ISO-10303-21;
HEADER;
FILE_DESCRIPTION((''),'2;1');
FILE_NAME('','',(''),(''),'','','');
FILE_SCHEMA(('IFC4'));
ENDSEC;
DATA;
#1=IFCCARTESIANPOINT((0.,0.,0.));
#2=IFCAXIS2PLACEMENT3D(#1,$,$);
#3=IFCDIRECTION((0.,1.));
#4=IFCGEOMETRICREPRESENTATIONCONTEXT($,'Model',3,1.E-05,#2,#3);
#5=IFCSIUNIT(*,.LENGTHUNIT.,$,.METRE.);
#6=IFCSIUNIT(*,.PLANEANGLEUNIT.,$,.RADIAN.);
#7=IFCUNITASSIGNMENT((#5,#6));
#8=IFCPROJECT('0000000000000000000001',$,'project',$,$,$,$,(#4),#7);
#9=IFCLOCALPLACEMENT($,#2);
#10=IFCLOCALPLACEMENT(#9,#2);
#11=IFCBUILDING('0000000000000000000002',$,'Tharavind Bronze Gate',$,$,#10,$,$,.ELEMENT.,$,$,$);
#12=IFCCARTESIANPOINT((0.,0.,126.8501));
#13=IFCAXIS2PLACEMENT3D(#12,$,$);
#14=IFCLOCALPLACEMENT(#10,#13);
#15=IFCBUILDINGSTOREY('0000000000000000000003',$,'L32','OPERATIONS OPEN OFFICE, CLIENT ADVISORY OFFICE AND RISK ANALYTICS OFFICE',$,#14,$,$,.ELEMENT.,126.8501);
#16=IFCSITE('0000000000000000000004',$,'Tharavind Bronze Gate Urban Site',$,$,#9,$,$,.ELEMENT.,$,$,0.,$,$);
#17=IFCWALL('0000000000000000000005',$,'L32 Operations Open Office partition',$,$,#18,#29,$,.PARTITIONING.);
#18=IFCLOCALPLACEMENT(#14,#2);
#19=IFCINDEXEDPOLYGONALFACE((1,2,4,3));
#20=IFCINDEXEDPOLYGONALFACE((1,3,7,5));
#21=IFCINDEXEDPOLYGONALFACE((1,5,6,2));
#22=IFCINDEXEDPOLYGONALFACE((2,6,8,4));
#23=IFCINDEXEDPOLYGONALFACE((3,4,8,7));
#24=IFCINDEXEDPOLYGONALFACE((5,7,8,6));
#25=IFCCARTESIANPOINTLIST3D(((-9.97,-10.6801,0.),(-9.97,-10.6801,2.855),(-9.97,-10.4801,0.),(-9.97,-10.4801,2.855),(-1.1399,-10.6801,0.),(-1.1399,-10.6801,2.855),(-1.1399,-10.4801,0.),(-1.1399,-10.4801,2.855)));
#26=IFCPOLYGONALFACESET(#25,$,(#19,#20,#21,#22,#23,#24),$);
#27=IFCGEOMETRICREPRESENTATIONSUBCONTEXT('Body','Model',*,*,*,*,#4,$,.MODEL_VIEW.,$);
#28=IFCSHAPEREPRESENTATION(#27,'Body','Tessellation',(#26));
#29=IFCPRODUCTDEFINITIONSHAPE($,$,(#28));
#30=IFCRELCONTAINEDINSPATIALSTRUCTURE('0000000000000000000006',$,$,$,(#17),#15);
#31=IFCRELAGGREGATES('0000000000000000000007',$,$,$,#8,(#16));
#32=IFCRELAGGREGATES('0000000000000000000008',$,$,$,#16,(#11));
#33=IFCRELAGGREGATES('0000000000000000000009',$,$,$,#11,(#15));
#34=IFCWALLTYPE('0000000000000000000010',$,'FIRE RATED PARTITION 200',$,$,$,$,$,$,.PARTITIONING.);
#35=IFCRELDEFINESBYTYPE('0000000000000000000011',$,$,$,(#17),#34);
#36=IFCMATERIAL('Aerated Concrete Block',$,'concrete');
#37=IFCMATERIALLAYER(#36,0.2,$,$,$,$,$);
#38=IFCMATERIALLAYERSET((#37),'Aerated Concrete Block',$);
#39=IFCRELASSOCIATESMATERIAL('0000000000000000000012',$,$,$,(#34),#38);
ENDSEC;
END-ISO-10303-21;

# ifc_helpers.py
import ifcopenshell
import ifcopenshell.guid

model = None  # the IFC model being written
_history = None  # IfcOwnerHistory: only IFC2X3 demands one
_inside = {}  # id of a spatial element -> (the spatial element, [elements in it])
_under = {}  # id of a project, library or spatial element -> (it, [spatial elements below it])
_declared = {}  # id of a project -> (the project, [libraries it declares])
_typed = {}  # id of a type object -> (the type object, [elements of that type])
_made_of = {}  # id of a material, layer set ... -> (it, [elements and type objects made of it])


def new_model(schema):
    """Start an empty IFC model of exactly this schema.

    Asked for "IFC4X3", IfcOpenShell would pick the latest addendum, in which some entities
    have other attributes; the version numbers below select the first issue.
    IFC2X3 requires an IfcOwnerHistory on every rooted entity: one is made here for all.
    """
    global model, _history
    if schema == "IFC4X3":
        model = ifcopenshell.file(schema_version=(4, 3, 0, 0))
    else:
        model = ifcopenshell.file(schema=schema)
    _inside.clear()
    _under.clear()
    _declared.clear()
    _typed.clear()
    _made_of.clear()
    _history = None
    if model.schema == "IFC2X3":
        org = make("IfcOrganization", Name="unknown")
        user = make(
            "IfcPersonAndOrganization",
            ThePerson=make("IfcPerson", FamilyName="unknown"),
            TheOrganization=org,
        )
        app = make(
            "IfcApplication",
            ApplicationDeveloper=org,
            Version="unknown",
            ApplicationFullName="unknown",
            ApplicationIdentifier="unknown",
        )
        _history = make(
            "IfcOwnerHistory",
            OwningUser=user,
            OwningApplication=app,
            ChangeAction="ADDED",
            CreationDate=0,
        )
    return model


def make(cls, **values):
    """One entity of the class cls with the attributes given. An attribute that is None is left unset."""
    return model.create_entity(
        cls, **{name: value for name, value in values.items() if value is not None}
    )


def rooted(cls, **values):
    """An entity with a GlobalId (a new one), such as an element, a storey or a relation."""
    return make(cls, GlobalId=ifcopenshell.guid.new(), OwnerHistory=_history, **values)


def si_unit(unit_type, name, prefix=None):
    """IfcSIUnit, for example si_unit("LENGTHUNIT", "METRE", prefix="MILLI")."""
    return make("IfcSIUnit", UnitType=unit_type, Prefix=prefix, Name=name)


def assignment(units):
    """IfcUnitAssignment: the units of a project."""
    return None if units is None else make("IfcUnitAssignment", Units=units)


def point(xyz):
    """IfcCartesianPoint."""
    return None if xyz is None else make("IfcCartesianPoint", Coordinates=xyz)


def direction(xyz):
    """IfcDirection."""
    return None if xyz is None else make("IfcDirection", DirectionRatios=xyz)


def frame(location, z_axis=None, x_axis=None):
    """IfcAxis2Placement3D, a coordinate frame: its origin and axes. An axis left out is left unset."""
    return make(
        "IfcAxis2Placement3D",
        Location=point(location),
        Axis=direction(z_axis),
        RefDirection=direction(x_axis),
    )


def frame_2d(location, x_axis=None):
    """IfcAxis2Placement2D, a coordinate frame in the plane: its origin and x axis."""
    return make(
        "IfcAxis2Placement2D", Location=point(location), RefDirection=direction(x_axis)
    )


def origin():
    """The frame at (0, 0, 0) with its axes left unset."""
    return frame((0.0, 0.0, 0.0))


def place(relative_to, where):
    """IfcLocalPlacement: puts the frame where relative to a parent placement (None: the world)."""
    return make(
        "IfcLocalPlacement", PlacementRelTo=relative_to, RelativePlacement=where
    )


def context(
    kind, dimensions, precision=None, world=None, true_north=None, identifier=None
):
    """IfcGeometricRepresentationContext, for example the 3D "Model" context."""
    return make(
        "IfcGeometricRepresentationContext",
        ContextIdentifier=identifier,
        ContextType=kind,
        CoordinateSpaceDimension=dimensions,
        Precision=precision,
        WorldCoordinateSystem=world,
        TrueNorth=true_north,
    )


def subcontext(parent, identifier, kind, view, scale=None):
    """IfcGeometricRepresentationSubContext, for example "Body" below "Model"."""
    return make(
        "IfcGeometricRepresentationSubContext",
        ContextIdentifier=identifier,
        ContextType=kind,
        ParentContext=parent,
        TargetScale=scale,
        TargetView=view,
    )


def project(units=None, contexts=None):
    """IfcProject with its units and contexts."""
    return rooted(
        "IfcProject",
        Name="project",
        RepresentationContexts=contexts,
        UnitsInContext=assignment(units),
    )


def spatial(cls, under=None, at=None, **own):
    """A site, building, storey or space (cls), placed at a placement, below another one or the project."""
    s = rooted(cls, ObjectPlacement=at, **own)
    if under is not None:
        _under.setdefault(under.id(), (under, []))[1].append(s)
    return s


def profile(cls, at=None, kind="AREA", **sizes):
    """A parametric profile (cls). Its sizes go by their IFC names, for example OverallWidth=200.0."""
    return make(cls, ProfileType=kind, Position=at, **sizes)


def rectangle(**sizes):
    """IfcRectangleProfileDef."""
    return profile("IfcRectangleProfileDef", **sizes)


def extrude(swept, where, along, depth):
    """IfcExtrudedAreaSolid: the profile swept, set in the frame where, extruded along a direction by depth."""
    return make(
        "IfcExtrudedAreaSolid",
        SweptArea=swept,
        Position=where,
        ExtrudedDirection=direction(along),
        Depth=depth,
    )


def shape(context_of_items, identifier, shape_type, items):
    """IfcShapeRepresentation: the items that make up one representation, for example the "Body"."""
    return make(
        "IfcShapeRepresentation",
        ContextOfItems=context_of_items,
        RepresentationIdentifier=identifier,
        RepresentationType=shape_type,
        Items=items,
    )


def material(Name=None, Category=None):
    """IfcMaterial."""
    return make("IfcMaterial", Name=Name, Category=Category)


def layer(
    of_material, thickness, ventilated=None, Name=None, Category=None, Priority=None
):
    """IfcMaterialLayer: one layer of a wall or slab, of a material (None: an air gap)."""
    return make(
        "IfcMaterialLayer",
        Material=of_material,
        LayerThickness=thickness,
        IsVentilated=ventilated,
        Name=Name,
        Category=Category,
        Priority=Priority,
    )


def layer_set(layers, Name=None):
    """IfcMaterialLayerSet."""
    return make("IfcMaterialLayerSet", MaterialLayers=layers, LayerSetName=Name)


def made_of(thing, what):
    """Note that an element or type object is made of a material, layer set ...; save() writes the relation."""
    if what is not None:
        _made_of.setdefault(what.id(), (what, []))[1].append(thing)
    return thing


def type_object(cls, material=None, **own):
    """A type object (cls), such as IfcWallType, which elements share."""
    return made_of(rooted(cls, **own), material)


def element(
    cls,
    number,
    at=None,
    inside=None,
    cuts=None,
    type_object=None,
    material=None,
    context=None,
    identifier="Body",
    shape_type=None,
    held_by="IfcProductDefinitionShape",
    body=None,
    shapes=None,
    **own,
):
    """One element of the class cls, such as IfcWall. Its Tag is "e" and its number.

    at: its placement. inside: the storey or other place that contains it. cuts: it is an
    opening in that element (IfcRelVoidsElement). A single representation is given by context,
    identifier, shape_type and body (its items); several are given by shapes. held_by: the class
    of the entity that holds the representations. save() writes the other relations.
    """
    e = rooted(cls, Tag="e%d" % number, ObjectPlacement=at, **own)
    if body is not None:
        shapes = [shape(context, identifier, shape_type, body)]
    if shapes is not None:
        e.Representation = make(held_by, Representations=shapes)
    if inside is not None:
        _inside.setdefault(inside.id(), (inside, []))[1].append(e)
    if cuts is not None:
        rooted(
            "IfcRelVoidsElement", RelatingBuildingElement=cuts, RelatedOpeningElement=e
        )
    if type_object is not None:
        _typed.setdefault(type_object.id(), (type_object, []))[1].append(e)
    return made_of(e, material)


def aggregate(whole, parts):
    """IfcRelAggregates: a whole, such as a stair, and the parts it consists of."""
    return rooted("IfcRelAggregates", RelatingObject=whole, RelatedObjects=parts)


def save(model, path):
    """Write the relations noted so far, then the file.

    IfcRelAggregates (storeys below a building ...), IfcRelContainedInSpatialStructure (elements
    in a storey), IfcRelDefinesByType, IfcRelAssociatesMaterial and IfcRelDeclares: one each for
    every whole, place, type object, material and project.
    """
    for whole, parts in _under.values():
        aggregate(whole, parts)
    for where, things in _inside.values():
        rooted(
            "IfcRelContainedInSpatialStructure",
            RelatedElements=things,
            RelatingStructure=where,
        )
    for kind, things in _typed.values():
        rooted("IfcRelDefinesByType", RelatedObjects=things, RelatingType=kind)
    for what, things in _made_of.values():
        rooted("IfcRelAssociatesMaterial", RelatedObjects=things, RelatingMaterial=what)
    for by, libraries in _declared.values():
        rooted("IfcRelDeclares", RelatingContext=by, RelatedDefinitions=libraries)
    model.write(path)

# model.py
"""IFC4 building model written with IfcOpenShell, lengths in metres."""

from ifc_helpers import new_model, si_unit, direction, frame, frame_2d, origin, place, context, subcontext, project, spatial, rectangle, extrude, material, layer, layer_set, type_object, element, save


model = new_model("IFC4")

# Units and contexts
model_context = context("Model", 3, precision=1e-05, world=origin(), true_north=direction((0.0, 1.0)))
body_context = subcontext(model_context, "Body", "Model", "MODEL_VIEW")
ifc_project = project(units=[si_unit("LENGTHUNIT", "METRE"), si_unit("PLANEANGLEUNIT", "RADIAN")], contexts=[model_context])

# Site, building, storey
site_placement = place(None, origin())
site = spatial("IfcSite", under=ifc_project, at=site_placement, Name="Tharavind Bronze Gate Urban Site", CompositionType="ELEMENT", RefElevation=0.0)
building_placement = place(site_placement, origin())
building = spatial("IfcBuilding", under=site, at=building_placement, Name="Tharavind Bronze Gate", CompositionType="ELEMENT")
storey_placement = place(building_placement, frame((0.0, 0.0, 126.8501)))
storey = spatial("IfcBuildingStorey", under=building, at=storey_placement, Name="L32", Description="OPERATIONS OPEN OFFICE, CLIENT ADVISORY OFFICE AND RISK ANALYTICS OFFICE", CompositionType="ELEMENT", Elevation=126.8501)

# Shared definitions
ifc_material_1 = material(Name="Aerated Concrete Block", Category="concrete")
ifc_layer_1 = layer(ifc_material_1, 0.2)
ifc_layer_set_1 = layer_set([ifc_layer_1], Name="Aerated Concrete Block")
wall_type = type_object("IfcWallType", Name="FIRE RATED PARTITION 200", PredefinedType="PARTITIONING", material=ifc_layer_set_1)

# Wall
wall_1_placement = place(storey_placement, frame((-9.97, -10.5801, 0.0), z_axis=(0.0, 0.0, 1.0), x_axis=(1.0, 0.0, 0.0)))
element("IfcWall", 1, at=wall_1_placement, inside=storey, type_object=wall_type, Name="L32 Operations Open Office partition", PredefinedType="PARTITIONING", context=body_context, shape_type="SweptSolid", body=[
    extrude(rectangle(XDim=8.8301, YDim=0.2, at=frame_2d((4.415, 0.0))), origin(), (0.0, 0.0, 1.0), 2.855),
])

save(model, "model.ifc")
